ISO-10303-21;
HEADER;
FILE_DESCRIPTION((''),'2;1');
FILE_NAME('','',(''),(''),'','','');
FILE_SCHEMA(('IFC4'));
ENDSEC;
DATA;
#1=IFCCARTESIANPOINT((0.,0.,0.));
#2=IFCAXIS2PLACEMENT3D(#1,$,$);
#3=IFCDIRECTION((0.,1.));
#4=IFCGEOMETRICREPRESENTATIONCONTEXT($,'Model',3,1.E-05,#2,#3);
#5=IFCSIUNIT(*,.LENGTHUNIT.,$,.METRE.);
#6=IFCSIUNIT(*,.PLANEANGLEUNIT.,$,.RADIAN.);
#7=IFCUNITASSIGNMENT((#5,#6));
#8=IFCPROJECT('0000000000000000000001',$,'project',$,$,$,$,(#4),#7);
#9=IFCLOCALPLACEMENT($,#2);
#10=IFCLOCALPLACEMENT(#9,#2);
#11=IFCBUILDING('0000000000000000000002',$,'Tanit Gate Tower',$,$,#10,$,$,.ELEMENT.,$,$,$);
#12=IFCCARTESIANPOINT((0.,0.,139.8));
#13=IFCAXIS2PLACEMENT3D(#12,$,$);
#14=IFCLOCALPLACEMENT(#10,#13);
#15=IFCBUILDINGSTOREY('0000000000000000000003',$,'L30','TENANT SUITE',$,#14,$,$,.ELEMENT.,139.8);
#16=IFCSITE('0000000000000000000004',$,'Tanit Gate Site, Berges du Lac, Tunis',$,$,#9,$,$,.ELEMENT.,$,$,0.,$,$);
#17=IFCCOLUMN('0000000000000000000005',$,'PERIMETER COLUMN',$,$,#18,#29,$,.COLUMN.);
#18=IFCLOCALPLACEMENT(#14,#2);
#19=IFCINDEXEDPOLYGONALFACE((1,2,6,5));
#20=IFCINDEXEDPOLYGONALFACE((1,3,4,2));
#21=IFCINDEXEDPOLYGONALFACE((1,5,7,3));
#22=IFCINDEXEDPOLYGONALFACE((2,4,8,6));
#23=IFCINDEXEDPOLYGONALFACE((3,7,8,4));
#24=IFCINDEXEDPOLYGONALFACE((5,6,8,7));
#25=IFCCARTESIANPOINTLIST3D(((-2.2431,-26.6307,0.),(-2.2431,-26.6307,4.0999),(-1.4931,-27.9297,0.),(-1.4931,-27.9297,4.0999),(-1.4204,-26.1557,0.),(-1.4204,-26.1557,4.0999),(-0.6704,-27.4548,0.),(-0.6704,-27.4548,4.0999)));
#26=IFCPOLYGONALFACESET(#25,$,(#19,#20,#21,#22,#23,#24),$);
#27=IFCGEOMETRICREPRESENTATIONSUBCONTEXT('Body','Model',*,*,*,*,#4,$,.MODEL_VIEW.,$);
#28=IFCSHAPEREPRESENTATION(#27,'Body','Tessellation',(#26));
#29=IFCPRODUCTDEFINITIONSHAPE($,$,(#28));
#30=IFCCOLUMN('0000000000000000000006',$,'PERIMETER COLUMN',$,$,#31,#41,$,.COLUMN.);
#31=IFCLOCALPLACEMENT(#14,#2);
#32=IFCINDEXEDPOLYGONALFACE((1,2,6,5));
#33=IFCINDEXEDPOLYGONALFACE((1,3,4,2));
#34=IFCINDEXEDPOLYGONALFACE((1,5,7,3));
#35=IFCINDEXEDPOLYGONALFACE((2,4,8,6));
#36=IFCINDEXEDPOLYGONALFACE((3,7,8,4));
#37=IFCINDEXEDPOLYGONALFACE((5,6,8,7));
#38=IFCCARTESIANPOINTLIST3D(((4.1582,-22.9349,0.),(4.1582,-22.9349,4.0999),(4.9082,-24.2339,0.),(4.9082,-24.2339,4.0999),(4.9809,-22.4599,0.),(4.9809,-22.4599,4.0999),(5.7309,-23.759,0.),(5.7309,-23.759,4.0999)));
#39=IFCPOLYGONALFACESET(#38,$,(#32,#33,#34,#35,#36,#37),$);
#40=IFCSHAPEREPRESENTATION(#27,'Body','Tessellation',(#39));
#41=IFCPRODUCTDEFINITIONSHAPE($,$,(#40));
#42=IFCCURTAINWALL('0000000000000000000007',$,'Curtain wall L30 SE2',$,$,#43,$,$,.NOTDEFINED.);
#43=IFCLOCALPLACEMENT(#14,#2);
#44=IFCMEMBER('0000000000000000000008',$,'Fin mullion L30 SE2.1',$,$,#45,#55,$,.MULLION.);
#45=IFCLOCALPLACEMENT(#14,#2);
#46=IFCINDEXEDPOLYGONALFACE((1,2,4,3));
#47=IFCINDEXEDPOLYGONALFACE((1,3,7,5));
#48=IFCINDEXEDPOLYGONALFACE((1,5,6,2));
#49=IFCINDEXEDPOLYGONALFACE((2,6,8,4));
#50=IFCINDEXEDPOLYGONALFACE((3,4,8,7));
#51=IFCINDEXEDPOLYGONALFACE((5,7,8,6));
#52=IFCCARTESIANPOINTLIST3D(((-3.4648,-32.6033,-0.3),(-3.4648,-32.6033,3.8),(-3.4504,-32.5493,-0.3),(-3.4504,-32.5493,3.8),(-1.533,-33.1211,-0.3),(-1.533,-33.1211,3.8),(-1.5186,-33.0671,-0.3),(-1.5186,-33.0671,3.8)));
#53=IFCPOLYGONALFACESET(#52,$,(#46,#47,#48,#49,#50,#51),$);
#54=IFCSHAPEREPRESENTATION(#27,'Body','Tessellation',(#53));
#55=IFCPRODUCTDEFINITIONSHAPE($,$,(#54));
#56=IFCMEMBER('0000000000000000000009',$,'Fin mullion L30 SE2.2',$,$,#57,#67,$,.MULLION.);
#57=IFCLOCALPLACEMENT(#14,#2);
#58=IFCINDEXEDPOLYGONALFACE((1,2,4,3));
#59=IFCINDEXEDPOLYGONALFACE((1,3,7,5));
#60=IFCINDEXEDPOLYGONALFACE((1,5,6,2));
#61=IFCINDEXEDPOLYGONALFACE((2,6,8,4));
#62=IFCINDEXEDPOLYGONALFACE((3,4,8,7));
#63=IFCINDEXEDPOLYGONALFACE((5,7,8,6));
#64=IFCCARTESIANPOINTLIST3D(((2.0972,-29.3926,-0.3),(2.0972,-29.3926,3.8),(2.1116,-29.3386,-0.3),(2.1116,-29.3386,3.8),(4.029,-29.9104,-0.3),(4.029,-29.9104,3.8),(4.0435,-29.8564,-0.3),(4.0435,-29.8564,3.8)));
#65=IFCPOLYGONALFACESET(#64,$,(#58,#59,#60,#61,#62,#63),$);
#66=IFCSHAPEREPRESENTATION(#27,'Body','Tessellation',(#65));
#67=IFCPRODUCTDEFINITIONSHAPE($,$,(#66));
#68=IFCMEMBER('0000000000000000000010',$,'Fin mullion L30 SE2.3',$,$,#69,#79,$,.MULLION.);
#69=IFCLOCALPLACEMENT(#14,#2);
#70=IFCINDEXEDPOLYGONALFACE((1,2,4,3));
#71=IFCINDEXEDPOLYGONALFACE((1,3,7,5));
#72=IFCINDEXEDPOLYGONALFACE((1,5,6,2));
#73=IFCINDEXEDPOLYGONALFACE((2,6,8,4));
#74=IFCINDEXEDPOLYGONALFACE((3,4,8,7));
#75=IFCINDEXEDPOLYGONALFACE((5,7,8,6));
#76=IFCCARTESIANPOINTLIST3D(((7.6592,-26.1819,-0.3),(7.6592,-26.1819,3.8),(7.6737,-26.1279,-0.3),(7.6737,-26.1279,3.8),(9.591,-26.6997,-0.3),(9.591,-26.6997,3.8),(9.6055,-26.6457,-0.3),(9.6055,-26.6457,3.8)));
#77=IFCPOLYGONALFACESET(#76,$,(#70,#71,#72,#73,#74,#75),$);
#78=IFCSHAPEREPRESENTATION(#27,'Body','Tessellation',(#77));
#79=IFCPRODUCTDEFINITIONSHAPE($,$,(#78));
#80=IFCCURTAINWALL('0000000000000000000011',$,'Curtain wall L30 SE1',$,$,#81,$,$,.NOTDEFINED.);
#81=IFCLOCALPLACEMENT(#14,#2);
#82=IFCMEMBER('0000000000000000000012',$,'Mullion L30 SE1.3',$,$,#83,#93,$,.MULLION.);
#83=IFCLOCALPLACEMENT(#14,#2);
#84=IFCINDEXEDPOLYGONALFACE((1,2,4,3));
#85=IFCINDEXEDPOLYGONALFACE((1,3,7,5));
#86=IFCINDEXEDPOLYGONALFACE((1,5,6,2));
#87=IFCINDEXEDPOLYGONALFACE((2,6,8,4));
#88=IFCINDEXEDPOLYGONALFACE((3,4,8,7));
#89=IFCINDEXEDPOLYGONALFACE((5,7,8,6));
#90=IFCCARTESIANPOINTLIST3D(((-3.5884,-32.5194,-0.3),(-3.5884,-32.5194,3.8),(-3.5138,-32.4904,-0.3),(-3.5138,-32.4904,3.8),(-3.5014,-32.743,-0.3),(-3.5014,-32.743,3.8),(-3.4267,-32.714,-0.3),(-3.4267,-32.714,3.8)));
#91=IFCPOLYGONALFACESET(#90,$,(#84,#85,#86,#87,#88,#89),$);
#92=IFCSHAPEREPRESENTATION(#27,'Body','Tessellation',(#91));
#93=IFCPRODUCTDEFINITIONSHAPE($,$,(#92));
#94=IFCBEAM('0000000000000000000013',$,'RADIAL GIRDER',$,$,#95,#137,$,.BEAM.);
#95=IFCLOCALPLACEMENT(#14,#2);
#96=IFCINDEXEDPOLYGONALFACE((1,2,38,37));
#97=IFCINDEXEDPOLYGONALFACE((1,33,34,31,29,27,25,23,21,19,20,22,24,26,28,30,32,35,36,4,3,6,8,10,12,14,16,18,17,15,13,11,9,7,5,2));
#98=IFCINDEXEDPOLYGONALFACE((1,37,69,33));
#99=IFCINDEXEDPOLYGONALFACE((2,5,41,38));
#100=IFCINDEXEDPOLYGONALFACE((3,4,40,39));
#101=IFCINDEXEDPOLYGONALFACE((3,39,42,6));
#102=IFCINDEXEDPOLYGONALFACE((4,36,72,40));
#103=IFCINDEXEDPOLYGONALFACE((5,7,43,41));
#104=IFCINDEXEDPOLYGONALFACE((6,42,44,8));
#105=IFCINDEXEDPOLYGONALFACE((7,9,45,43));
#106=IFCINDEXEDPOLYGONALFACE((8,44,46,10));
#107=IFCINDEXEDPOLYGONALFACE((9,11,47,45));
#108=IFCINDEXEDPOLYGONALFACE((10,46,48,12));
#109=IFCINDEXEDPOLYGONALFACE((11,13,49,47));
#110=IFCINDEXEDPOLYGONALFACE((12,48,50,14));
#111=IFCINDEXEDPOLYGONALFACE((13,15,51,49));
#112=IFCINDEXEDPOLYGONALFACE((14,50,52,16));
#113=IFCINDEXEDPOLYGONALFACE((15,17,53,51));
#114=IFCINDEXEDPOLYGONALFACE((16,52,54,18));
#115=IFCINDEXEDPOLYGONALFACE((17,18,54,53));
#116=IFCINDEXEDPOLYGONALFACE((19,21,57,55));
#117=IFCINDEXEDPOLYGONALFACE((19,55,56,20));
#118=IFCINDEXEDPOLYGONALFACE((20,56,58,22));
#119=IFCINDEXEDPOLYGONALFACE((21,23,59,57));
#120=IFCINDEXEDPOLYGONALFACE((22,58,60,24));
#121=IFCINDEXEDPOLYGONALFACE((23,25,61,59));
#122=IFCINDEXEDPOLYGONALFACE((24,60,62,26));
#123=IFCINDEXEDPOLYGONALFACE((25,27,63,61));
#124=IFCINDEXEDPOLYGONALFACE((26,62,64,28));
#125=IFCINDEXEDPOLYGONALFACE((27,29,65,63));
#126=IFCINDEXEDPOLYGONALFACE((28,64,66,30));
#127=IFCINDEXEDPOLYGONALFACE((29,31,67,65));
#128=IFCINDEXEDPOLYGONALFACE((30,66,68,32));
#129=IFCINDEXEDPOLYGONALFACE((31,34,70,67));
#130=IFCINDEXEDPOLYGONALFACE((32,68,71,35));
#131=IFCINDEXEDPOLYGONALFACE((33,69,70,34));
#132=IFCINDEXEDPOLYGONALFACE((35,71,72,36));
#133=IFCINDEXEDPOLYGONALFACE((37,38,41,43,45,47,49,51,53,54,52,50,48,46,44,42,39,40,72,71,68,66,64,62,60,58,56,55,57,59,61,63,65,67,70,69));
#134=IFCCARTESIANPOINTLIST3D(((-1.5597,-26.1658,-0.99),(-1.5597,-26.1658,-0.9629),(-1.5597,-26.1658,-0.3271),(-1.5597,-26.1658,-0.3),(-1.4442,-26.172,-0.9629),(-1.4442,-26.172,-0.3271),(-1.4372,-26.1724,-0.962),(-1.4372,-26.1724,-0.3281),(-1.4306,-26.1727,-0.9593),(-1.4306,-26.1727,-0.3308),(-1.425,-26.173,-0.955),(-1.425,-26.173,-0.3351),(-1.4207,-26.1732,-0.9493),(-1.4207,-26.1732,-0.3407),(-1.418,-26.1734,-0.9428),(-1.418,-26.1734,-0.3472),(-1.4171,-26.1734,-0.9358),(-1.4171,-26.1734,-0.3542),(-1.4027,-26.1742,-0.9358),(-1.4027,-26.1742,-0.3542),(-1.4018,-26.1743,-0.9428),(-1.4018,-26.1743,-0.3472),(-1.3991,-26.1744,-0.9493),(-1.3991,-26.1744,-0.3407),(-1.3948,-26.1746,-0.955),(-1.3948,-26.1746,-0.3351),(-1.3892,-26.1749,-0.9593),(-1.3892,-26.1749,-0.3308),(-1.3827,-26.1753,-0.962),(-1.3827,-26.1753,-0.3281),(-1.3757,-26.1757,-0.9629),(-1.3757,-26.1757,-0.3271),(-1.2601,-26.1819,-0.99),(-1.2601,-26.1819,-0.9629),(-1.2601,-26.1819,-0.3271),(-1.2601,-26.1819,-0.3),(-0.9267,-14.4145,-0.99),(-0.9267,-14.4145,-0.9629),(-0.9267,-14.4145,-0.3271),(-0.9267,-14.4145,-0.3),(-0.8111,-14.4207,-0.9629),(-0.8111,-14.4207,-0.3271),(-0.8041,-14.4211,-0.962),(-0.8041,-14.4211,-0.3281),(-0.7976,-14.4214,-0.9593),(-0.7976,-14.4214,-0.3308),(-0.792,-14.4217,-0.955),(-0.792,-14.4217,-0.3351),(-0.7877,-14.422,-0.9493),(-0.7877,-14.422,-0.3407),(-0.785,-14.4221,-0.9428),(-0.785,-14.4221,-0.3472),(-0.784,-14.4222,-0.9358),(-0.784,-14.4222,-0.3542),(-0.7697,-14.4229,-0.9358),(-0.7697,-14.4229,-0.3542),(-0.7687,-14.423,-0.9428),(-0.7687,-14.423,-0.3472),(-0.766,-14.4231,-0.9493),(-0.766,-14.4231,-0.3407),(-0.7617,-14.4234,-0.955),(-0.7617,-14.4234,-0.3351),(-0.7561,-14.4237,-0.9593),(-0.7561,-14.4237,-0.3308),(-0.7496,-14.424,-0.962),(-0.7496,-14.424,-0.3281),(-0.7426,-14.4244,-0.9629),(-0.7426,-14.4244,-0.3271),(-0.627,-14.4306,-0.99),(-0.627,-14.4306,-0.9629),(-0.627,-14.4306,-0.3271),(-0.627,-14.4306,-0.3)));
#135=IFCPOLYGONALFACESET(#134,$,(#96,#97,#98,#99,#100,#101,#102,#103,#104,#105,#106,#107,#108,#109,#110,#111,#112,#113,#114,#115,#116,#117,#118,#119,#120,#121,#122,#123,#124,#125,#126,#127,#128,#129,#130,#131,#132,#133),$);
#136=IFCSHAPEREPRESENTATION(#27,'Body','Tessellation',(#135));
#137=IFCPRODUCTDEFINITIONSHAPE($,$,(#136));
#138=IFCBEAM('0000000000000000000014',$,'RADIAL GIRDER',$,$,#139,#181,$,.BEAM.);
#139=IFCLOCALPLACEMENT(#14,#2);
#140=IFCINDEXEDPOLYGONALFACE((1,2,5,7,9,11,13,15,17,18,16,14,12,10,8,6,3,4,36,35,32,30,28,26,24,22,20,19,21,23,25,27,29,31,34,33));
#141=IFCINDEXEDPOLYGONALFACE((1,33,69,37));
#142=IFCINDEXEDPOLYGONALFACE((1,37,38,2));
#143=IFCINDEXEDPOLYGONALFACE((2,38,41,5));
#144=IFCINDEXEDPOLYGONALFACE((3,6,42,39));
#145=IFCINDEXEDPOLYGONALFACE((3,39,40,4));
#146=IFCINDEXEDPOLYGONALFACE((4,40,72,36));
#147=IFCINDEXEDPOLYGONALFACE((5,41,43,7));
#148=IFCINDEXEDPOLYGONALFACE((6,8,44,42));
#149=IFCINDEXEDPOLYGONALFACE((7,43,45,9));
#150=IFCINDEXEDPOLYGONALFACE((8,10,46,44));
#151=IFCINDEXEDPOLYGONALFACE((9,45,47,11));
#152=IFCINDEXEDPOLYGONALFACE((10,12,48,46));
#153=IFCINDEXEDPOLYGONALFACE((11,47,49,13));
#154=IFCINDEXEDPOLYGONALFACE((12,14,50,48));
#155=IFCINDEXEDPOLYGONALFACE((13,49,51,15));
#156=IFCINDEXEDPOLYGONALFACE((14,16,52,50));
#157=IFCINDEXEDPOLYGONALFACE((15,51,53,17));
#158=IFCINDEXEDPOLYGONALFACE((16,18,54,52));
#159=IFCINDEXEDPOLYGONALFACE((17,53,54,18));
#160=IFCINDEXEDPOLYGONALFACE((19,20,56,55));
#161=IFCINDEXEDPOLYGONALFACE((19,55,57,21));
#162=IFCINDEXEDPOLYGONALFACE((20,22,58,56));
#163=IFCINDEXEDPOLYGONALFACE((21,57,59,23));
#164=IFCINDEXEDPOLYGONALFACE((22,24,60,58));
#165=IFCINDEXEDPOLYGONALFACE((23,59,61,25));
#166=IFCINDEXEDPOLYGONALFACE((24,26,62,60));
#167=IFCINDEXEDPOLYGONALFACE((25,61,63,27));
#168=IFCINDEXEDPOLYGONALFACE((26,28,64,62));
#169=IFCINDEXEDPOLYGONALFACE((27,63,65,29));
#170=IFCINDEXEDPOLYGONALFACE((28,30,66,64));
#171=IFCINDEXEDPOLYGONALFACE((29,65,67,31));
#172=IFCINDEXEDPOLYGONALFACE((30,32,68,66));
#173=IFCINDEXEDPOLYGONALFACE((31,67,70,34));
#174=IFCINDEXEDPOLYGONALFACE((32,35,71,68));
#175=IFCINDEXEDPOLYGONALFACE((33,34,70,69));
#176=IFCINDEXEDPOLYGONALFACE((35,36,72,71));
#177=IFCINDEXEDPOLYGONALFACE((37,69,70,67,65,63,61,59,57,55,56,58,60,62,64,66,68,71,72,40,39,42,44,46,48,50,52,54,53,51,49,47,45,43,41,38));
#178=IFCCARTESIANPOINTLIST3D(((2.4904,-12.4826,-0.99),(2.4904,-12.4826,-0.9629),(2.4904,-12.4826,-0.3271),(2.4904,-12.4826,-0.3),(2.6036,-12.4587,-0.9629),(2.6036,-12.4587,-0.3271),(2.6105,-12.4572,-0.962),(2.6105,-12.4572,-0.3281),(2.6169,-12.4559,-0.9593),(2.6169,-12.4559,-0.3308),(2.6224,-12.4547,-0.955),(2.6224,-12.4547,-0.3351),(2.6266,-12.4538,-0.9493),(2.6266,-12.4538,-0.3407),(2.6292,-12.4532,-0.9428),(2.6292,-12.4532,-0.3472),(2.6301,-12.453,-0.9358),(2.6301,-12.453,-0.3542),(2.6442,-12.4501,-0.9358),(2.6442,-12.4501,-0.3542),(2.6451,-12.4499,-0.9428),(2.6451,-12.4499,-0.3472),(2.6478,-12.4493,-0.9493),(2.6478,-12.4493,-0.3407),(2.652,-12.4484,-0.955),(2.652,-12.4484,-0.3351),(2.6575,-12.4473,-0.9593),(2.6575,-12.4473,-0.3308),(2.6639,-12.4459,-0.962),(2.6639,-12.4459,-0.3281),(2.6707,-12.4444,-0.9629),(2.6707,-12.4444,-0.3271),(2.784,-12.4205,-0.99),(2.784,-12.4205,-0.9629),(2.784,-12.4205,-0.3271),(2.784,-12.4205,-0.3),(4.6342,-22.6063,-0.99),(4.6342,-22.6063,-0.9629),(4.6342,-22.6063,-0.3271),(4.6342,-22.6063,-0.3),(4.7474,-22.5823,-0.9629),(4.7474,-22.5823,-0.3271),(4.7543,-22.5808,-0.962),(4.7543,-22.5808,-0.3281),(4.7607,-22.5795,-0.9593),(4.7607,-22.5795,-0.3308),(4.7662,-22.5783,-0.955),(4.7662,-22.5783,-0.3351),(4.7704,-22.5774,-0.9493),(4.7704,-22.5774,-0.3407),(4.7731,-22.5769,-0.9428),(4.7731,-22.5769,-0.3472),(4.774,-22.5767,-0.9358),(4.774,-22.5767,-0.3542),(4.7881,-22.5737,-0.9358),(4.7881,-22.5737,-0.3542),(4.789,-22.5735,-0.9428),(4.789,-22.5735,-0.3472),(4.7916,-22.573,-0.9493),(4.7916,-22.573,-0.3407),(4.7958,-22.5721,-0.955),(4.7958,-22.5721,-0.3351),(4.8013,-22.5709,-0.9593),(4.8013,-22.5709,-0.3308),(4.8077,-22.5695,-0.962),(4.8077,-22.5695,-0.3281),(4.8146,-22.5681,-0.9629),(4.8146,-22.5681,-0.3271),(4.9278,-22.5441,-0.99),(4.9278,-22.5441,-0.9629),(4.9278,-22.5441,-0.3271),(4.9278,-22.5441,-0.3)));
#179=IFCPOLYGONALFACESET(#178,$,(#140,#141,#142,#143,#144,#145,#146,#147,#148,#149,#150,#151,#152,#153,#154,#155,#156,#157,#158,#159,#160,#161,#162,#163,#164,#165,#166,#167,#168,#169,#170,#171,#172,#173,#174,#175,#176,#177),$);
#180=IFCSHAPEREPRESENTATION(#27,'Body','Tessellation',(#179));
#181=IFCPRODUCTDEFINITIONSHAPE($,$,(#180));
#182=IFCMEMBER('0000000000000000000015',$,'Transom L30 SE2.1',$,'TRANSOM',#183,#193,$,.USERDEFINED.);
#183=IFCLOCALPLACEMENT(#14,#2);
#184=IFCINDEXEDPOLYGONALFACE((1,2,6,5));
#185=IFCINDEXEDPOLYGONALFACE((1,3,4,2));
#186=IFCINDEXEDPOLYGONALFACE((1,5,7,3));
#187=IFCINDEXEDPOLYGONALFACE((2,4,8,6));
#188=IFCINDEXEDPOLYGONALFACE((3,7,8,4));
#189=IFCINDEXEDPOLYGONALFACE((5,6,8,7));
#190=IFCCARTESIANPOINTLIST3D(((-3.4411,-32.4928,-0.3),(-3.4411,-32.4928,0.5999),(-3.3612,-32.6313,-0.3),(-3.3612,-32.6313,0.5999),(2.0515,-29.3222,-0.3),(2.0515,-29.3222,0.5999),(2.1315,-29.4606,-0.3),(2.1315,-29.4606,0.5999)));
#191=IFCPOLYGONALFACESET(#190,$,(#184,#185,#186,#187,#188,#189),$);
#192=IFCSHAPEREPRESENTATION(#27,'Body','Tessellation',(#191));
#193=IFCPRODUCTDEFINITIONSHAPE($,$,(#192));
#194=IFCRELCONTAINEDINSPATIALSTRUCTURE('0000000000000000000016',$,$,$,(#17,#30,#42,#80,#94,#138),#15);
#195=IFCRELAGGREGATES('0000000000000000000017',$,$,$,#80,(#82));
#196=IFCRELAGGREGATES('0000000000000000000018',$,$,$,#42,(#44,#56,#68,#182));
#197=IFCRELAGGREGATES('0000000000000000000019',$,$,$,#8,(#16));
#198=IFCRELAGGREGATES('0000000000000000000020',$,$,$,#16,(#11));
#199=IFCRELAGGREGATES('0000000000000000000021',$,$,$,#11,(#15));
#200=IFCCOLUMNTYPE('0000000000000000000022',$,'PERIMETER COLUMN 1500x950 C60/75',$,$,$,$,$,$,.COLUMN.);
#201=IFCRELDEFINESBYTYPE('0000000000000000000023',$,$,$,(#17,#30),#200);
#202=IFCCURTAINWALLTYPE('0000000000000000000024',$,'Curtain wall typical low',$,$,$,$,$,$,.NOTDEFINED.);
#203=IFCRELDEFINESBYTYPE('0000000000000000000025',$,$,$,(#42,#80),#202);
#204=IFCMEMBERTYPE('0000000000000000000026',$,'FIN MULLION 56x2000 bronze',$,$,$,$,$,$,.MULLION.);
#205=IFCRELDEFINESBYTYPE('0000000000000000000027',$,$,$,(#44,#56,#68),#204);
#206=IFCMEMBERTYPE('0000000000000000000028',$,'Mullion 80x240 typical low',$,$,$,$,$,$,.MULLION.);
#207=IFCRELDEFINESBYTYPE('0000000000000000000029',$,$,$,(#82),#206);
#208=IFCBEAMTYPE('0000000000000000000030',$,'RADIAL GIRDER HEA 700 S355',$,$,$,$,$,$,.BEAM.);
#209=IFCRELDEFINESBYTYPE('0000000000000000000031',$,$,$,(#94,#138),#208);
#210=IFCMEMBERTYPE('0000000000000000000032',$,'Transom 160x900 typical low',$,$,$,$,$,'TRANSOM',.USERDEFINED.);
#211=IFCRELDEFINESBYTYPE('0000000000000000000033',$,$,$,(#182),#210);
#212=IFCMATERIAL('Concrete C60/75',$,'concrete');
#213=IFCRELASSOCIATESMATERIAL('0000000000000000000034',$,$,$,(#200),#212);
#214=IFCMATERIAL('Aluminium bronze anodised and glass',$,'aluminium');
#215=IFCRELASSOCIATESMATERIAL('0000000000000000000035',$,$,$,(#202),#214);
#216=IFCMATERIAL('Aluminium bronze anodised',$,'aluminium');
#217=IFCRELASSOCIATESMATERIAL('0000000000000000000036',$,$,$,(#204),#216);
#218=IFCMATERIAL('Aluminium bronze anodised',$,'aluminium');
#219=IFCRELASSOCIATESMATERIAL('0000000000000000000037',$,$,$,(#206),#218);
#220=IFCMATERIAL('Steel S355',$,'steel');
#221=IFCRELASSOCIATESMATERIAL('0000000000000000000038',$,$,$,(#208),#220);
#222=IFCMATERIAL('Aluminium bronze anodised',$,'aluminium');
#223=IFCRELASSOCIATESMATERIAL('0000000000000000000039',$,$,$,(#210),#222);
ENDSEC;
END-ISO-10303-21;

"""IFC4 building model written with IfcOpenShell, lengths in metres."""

from ifc_helpers import new_model, si_unit, direction, frame, origin, origin_2d, place, context, subcontext, project, spatial, rectangle, i_section, extrude, material, material_profile, profile_set, type_object, element, aggregate, save


model = new_model("IFC4")

# Units and contexts
model_context = context("Model", 3, precision=1e-05, world=origin(), true_north=direction((0.0, 1.0)))
body_context = subcontext(model_context, "Body", "Model", "MODEL_VIEW")
ifc_project = project(units=[si_unit("LENGTHUNIT", "METRE"), si_unit("PLANEANGLEUNIT", "RADIAN")], contexts=[model_context])

# Site, building, storey
site_placement = place(None, origin())
site = spatial("IfcSite", under=ifc_project, at=site_placement, Name="Tanit Gate Site, Berges du Lac, Tunis", CompositionType="ELEMENT", RefElevation=0.0)
building_placement = place(site_placement, origin())
building = spatial("IfcBuilding", under=site, at=building_placement, Name="Tanit Gate Tower", CompositionType="ELEMENT")
storey_placement = place(building_placement, frame((0.0, 0.0, 139.8)))
storey = spatial("IfcBuildingStorey", under=building, at=storey_placement, Name="L30", Description="TENANT SUITE", CompositionType="ELEMENT", Elevation=139.8)

# Columns
ifc_material_1 = material(Name="Concrete C60/75", Category="concrete")
ifc_material_profile_1 = material_profile(ifc_material_1, rectangle(XDim=1.5, YDim=0.95, at=origin_2d()), Name="RC 1500x950")
ifc_profile_set_1 = profile_set([ifc_material_profile_1], Name="Concrete C60/75")
column_type = type_object("IfcColumnType", Name="PERIMETER COLUMN 1500x950 C60/75", PredefinedType="COLUMN", material=ifc_profile_set_1)
for number, where, z_axis, x_axis, name in (
    (1, (-1.4568, -27.0427, 0.0), (0.0, 0.0, 1.0), (0.5, -0.866025, 0.0), "PERIMETER COLUMN"),
    (2, (4.9446, -23.3469, 0.0), (0.0, 0.0, 1.0), (0.5, -0.866025, 0.0), "PERIMETER COLUMN"),
):
    element("IfcColumn", number, at=place(storey_placement, frame(where, z_axis=z_axis, x_axis=x_axis)), inside=storey, type_object=column_type, Name=name, PredefinedType="COLUMN", context=body_context, shape_type="SweptSolid", body=[
        extrude(rectangle(XDim=1.5, YDim=0.95, at=origin_2d()), origin(), (0.0, 0.0, 1.0), 4.0999),
    ])

# Curtain wall, members
ifc_material_2 = material(Name="Aluminium bronze anodised and glass", Category="aluminium")
curtain_wall_type = type_object("IfcCurtainWallType", Name="Curtain wall typical low", PredefinedType="NOTDEFINED", material=ifc_material_2)
curtain_wall_1_placement = place(storey_placement, origin())
curtain_wall_1 = element("IfcCurtainWall", 3, at=curtain_wall_1_placement, inside=storey, type_object=curtain_wall_type, Name="Curtain wall L30 SE2", PredefinedType="NOTDEFINED")
ifc_material_3 = material(Name="Aluminium bronze anodised", Category="aluminium")
ifc_material_profile_2 = material_profile(ifc_material_3, rectangle(XDim=2.0, YDim=0.0559, at=origin_2d()), Name="56x2000 bronze fin mullion")
ifc_profile_set_2 = profile_set([ifc_material_profile_2], Name="Aluminium bronze anodised")
member_type_1 = type_object("IfcMemberType", Name="FIN MULLION 56x2000 bronze", PredefinedType="MULLION", material=ifc_profile_set_2)
member_1_placement = place(storey_placement, frame((-2.4917, -32.8352, -0.3), z_axis=(0.0, 0.0, 1.0), x_axis=(-0.965908, 0.258886, 0.0)))
member_1 = element("IfcMember", 4, at=member_1_placement, type_object=member_type_1, Name="Fin mullion L30 SE2.1", PredefinedType="MULLION", context=body_context, shape_type="SweptSolid", body=[
    extrude(rectangle(XDim=2.0, YDim=0.0559, at=origin_2d()), origin(), (0.0, 0.0, 1.0), 4.1001),
])
member_2_placement = place(storey_placement, frame((3.0703, -29.6245, -0.3), z_axis=(0.0, 0.0, 1.0), x_axis=(-0.965908, 0.258886, 0.0)))
member_2 = element("IfcMember", 5, at=member_2_placement, type_object=member_type_1, Name="Fin mullion L30 SE2.2", PredefinedType="MULLION", context=body_context, shape_type="SweptSolid", body=[
    extrude(rectangle(XDim=2.0, YDim=0.0559, at=origin_2d()), origin(), (0.0, 0.0, 1.0), 4.1001),
])
member_3_placement = place(storey_placement, frame((8.6323, -26.4138, -0.3), z_axis=(0.0, 0.0, 1.0), x_axis=(-0.965908, 0.258886, 0.0)))
member_3 = element("IfcMember", 6, at=member_3_placement, type_object=member_type_1, Name="Fin mullion L30 SE2.3", PredefinedType="MULLION", context=body_context, shape_type="SweptSolid", body=[
    extrude(rectangle(XDim=2.0, YDim=0.0559, at=origin_2d()), origin(), (0.0, 0.0, 1.0), 4.1001),
])

# Curtain wall, member
curtain_wall_2_placement = place(storey_placement, origin())
curtain_wall_2 = element("IfcCurtainWall", 7, at=curtain_wall_2_placement, inside=storey, type_object=curtain_wall_type, Name="Curtain wall L30 SE1", PredefinedType="NOTDEFINED")
ifc_material_4 = material(Name="Aluminium bronze anodised", Category="aluminium")
ifc_material_profile_3 = material_profile(ifc_material_4, rectangle(XDim=0.24, YDim=0.0801, at=origin_2d()), Name="80x240 bronze mullion")
ifc_profile_set_3 = profile_set([ifc_material_profile_3], Name="Aluminium bronze anodised")
member_type_2 = type_object("IfcMemberType", Name="Mullion 80x240 typical low", PredefinedType="MULLION", material=ifc_profile_set_3)
member_4_placement = place(storey_placement, frame((-3.5076, -32.6167, -0.3), z_axis=(0.0, 0.0, 1.0), x_axis=(-0.362737, 0.931892, 0.0)))
member_4 = element("IfcMember", 8, at=member_4_placement, type_object=member_type_2, Name="Mullion L30 SE1.3", PredefinedType="MULLION", context=body_context, shape_type="SweptSolid", body=[
    extrude(rectangle(XDim=0.24, YDim=0.0801, at=origin_2d()), origin(), (0.0, 0.0, 1.0), 4.1001),
])
aggregate(curtain_wall_2, [member_4])

# Beams
ifc_material_5 = material(Name="Steel S355", Category="steel")
ifc_material_profile_4 = material_profile(ifc_material_5, i_section(OverallWidth=0.3, OverallDepth=0.6899, WebThickness=0.0144, FlangeThickness=0.0271, FilletRadius=0.0271, at=origin_2d()), Name="HEA 700")
ifc_profile_set_4 = profile_set([ifc_material_profile_4], Name="Steel S355")
beam_type = type_object("IfcBeamType", Name="RADIAL GIRDER HEA 700 S355", PredefinedType="BEAM", material=ifc_profile_set_4)
beam_1_placement = place(storey_placement, frame((-1.4099, -26.1738, -0.645), z_axis=(0.053794, 0.998552, 0.0), x_axis=(-0.998552, 0.053794, 0.0)))
element("IfcBeam", 9, at=beam_1_placement, inside=storey, type_object=beam_type, Name="RADIAL GIRDER", PredefinedType="BEAM", context=body_context, shape_type="SweptSolid", body=[
    extrude(i_section(OverallWidth=0.3, OverallDepth=0.6899, WebThickness=0.0144, FlangeThickness=0.0271, FilletRadius=0.0271, at=origin_2d()), origin(), (0.0, 0.0, 1.0), 11.7683),
])
beam_2_placement = place(storey_placement, frame((4.781, -22.5752, -0.645), z_axis=(-0.20717, 0.978305, 0.0), x_axis=(-0.978305, -0.20717, 0.0)))
element("IfcBeam", 10, at=beam_2_placement, inside=storey, type_object=beam_type, Name="RADIAL GIRDER", PredefinedType="BEAM", context=body_context, shape_type="SweptSolid", body=[
    extrude(i_section(OverallWidth=0.3, OverallDepth=0.6899, WebThickness=0.0144, FlangeThickness=0.0271, FilletRadius=0.0271, at=origin_2d()), origin(), (0.0, 0.0, 1.0), 10.3481),
])

# Member
ifc_material_6 = material(Name="Aluminium bronze anodised", Category="aluminium")
ifc_material_profile_5 = material_profile(ifc_material_6, rectangle(XDim=0.1599, YDim=0.8999, at=origin_2d()), Name="160x900 bronze transom")
ifc_profile_set_5 = profile_set([ifc_material_profile_5], Name="Aluminium bronze anodised")
member_type_3 = type_object("IfcMemberType", Name="Transom 160x900 typical low", ElementType="TRANSOM", PredefinedType="USERDEFINED", material=ifc_profile_set_5)
member_5_placement = place(storey_placement, frame((-3.4011, -32.562, 0.1499), z_axis=(0.866063, 0.499936, 0.0), x_axis=(-0.499936, 0.866063, 0.0)))
member_5 = element("IfcMember", 11, at=member_5_placement, type_object=member_type_3, Name="Transom L30 SE2.1", ObjectType="TRANSOM", PredefinedType="USERDEFINED", context=body_context, shape_type="SweptSolid", body=[
    extrude(rectangle(XDim=0.1599, YDim=0.8999, at=origin_2d()), origin(), (0.0, 0.0, 1.0), 6.342),
])

aggregate(curtain_wall_1, [member_1, member_2, member_3, member_5])

save(model, "model.ifc")
